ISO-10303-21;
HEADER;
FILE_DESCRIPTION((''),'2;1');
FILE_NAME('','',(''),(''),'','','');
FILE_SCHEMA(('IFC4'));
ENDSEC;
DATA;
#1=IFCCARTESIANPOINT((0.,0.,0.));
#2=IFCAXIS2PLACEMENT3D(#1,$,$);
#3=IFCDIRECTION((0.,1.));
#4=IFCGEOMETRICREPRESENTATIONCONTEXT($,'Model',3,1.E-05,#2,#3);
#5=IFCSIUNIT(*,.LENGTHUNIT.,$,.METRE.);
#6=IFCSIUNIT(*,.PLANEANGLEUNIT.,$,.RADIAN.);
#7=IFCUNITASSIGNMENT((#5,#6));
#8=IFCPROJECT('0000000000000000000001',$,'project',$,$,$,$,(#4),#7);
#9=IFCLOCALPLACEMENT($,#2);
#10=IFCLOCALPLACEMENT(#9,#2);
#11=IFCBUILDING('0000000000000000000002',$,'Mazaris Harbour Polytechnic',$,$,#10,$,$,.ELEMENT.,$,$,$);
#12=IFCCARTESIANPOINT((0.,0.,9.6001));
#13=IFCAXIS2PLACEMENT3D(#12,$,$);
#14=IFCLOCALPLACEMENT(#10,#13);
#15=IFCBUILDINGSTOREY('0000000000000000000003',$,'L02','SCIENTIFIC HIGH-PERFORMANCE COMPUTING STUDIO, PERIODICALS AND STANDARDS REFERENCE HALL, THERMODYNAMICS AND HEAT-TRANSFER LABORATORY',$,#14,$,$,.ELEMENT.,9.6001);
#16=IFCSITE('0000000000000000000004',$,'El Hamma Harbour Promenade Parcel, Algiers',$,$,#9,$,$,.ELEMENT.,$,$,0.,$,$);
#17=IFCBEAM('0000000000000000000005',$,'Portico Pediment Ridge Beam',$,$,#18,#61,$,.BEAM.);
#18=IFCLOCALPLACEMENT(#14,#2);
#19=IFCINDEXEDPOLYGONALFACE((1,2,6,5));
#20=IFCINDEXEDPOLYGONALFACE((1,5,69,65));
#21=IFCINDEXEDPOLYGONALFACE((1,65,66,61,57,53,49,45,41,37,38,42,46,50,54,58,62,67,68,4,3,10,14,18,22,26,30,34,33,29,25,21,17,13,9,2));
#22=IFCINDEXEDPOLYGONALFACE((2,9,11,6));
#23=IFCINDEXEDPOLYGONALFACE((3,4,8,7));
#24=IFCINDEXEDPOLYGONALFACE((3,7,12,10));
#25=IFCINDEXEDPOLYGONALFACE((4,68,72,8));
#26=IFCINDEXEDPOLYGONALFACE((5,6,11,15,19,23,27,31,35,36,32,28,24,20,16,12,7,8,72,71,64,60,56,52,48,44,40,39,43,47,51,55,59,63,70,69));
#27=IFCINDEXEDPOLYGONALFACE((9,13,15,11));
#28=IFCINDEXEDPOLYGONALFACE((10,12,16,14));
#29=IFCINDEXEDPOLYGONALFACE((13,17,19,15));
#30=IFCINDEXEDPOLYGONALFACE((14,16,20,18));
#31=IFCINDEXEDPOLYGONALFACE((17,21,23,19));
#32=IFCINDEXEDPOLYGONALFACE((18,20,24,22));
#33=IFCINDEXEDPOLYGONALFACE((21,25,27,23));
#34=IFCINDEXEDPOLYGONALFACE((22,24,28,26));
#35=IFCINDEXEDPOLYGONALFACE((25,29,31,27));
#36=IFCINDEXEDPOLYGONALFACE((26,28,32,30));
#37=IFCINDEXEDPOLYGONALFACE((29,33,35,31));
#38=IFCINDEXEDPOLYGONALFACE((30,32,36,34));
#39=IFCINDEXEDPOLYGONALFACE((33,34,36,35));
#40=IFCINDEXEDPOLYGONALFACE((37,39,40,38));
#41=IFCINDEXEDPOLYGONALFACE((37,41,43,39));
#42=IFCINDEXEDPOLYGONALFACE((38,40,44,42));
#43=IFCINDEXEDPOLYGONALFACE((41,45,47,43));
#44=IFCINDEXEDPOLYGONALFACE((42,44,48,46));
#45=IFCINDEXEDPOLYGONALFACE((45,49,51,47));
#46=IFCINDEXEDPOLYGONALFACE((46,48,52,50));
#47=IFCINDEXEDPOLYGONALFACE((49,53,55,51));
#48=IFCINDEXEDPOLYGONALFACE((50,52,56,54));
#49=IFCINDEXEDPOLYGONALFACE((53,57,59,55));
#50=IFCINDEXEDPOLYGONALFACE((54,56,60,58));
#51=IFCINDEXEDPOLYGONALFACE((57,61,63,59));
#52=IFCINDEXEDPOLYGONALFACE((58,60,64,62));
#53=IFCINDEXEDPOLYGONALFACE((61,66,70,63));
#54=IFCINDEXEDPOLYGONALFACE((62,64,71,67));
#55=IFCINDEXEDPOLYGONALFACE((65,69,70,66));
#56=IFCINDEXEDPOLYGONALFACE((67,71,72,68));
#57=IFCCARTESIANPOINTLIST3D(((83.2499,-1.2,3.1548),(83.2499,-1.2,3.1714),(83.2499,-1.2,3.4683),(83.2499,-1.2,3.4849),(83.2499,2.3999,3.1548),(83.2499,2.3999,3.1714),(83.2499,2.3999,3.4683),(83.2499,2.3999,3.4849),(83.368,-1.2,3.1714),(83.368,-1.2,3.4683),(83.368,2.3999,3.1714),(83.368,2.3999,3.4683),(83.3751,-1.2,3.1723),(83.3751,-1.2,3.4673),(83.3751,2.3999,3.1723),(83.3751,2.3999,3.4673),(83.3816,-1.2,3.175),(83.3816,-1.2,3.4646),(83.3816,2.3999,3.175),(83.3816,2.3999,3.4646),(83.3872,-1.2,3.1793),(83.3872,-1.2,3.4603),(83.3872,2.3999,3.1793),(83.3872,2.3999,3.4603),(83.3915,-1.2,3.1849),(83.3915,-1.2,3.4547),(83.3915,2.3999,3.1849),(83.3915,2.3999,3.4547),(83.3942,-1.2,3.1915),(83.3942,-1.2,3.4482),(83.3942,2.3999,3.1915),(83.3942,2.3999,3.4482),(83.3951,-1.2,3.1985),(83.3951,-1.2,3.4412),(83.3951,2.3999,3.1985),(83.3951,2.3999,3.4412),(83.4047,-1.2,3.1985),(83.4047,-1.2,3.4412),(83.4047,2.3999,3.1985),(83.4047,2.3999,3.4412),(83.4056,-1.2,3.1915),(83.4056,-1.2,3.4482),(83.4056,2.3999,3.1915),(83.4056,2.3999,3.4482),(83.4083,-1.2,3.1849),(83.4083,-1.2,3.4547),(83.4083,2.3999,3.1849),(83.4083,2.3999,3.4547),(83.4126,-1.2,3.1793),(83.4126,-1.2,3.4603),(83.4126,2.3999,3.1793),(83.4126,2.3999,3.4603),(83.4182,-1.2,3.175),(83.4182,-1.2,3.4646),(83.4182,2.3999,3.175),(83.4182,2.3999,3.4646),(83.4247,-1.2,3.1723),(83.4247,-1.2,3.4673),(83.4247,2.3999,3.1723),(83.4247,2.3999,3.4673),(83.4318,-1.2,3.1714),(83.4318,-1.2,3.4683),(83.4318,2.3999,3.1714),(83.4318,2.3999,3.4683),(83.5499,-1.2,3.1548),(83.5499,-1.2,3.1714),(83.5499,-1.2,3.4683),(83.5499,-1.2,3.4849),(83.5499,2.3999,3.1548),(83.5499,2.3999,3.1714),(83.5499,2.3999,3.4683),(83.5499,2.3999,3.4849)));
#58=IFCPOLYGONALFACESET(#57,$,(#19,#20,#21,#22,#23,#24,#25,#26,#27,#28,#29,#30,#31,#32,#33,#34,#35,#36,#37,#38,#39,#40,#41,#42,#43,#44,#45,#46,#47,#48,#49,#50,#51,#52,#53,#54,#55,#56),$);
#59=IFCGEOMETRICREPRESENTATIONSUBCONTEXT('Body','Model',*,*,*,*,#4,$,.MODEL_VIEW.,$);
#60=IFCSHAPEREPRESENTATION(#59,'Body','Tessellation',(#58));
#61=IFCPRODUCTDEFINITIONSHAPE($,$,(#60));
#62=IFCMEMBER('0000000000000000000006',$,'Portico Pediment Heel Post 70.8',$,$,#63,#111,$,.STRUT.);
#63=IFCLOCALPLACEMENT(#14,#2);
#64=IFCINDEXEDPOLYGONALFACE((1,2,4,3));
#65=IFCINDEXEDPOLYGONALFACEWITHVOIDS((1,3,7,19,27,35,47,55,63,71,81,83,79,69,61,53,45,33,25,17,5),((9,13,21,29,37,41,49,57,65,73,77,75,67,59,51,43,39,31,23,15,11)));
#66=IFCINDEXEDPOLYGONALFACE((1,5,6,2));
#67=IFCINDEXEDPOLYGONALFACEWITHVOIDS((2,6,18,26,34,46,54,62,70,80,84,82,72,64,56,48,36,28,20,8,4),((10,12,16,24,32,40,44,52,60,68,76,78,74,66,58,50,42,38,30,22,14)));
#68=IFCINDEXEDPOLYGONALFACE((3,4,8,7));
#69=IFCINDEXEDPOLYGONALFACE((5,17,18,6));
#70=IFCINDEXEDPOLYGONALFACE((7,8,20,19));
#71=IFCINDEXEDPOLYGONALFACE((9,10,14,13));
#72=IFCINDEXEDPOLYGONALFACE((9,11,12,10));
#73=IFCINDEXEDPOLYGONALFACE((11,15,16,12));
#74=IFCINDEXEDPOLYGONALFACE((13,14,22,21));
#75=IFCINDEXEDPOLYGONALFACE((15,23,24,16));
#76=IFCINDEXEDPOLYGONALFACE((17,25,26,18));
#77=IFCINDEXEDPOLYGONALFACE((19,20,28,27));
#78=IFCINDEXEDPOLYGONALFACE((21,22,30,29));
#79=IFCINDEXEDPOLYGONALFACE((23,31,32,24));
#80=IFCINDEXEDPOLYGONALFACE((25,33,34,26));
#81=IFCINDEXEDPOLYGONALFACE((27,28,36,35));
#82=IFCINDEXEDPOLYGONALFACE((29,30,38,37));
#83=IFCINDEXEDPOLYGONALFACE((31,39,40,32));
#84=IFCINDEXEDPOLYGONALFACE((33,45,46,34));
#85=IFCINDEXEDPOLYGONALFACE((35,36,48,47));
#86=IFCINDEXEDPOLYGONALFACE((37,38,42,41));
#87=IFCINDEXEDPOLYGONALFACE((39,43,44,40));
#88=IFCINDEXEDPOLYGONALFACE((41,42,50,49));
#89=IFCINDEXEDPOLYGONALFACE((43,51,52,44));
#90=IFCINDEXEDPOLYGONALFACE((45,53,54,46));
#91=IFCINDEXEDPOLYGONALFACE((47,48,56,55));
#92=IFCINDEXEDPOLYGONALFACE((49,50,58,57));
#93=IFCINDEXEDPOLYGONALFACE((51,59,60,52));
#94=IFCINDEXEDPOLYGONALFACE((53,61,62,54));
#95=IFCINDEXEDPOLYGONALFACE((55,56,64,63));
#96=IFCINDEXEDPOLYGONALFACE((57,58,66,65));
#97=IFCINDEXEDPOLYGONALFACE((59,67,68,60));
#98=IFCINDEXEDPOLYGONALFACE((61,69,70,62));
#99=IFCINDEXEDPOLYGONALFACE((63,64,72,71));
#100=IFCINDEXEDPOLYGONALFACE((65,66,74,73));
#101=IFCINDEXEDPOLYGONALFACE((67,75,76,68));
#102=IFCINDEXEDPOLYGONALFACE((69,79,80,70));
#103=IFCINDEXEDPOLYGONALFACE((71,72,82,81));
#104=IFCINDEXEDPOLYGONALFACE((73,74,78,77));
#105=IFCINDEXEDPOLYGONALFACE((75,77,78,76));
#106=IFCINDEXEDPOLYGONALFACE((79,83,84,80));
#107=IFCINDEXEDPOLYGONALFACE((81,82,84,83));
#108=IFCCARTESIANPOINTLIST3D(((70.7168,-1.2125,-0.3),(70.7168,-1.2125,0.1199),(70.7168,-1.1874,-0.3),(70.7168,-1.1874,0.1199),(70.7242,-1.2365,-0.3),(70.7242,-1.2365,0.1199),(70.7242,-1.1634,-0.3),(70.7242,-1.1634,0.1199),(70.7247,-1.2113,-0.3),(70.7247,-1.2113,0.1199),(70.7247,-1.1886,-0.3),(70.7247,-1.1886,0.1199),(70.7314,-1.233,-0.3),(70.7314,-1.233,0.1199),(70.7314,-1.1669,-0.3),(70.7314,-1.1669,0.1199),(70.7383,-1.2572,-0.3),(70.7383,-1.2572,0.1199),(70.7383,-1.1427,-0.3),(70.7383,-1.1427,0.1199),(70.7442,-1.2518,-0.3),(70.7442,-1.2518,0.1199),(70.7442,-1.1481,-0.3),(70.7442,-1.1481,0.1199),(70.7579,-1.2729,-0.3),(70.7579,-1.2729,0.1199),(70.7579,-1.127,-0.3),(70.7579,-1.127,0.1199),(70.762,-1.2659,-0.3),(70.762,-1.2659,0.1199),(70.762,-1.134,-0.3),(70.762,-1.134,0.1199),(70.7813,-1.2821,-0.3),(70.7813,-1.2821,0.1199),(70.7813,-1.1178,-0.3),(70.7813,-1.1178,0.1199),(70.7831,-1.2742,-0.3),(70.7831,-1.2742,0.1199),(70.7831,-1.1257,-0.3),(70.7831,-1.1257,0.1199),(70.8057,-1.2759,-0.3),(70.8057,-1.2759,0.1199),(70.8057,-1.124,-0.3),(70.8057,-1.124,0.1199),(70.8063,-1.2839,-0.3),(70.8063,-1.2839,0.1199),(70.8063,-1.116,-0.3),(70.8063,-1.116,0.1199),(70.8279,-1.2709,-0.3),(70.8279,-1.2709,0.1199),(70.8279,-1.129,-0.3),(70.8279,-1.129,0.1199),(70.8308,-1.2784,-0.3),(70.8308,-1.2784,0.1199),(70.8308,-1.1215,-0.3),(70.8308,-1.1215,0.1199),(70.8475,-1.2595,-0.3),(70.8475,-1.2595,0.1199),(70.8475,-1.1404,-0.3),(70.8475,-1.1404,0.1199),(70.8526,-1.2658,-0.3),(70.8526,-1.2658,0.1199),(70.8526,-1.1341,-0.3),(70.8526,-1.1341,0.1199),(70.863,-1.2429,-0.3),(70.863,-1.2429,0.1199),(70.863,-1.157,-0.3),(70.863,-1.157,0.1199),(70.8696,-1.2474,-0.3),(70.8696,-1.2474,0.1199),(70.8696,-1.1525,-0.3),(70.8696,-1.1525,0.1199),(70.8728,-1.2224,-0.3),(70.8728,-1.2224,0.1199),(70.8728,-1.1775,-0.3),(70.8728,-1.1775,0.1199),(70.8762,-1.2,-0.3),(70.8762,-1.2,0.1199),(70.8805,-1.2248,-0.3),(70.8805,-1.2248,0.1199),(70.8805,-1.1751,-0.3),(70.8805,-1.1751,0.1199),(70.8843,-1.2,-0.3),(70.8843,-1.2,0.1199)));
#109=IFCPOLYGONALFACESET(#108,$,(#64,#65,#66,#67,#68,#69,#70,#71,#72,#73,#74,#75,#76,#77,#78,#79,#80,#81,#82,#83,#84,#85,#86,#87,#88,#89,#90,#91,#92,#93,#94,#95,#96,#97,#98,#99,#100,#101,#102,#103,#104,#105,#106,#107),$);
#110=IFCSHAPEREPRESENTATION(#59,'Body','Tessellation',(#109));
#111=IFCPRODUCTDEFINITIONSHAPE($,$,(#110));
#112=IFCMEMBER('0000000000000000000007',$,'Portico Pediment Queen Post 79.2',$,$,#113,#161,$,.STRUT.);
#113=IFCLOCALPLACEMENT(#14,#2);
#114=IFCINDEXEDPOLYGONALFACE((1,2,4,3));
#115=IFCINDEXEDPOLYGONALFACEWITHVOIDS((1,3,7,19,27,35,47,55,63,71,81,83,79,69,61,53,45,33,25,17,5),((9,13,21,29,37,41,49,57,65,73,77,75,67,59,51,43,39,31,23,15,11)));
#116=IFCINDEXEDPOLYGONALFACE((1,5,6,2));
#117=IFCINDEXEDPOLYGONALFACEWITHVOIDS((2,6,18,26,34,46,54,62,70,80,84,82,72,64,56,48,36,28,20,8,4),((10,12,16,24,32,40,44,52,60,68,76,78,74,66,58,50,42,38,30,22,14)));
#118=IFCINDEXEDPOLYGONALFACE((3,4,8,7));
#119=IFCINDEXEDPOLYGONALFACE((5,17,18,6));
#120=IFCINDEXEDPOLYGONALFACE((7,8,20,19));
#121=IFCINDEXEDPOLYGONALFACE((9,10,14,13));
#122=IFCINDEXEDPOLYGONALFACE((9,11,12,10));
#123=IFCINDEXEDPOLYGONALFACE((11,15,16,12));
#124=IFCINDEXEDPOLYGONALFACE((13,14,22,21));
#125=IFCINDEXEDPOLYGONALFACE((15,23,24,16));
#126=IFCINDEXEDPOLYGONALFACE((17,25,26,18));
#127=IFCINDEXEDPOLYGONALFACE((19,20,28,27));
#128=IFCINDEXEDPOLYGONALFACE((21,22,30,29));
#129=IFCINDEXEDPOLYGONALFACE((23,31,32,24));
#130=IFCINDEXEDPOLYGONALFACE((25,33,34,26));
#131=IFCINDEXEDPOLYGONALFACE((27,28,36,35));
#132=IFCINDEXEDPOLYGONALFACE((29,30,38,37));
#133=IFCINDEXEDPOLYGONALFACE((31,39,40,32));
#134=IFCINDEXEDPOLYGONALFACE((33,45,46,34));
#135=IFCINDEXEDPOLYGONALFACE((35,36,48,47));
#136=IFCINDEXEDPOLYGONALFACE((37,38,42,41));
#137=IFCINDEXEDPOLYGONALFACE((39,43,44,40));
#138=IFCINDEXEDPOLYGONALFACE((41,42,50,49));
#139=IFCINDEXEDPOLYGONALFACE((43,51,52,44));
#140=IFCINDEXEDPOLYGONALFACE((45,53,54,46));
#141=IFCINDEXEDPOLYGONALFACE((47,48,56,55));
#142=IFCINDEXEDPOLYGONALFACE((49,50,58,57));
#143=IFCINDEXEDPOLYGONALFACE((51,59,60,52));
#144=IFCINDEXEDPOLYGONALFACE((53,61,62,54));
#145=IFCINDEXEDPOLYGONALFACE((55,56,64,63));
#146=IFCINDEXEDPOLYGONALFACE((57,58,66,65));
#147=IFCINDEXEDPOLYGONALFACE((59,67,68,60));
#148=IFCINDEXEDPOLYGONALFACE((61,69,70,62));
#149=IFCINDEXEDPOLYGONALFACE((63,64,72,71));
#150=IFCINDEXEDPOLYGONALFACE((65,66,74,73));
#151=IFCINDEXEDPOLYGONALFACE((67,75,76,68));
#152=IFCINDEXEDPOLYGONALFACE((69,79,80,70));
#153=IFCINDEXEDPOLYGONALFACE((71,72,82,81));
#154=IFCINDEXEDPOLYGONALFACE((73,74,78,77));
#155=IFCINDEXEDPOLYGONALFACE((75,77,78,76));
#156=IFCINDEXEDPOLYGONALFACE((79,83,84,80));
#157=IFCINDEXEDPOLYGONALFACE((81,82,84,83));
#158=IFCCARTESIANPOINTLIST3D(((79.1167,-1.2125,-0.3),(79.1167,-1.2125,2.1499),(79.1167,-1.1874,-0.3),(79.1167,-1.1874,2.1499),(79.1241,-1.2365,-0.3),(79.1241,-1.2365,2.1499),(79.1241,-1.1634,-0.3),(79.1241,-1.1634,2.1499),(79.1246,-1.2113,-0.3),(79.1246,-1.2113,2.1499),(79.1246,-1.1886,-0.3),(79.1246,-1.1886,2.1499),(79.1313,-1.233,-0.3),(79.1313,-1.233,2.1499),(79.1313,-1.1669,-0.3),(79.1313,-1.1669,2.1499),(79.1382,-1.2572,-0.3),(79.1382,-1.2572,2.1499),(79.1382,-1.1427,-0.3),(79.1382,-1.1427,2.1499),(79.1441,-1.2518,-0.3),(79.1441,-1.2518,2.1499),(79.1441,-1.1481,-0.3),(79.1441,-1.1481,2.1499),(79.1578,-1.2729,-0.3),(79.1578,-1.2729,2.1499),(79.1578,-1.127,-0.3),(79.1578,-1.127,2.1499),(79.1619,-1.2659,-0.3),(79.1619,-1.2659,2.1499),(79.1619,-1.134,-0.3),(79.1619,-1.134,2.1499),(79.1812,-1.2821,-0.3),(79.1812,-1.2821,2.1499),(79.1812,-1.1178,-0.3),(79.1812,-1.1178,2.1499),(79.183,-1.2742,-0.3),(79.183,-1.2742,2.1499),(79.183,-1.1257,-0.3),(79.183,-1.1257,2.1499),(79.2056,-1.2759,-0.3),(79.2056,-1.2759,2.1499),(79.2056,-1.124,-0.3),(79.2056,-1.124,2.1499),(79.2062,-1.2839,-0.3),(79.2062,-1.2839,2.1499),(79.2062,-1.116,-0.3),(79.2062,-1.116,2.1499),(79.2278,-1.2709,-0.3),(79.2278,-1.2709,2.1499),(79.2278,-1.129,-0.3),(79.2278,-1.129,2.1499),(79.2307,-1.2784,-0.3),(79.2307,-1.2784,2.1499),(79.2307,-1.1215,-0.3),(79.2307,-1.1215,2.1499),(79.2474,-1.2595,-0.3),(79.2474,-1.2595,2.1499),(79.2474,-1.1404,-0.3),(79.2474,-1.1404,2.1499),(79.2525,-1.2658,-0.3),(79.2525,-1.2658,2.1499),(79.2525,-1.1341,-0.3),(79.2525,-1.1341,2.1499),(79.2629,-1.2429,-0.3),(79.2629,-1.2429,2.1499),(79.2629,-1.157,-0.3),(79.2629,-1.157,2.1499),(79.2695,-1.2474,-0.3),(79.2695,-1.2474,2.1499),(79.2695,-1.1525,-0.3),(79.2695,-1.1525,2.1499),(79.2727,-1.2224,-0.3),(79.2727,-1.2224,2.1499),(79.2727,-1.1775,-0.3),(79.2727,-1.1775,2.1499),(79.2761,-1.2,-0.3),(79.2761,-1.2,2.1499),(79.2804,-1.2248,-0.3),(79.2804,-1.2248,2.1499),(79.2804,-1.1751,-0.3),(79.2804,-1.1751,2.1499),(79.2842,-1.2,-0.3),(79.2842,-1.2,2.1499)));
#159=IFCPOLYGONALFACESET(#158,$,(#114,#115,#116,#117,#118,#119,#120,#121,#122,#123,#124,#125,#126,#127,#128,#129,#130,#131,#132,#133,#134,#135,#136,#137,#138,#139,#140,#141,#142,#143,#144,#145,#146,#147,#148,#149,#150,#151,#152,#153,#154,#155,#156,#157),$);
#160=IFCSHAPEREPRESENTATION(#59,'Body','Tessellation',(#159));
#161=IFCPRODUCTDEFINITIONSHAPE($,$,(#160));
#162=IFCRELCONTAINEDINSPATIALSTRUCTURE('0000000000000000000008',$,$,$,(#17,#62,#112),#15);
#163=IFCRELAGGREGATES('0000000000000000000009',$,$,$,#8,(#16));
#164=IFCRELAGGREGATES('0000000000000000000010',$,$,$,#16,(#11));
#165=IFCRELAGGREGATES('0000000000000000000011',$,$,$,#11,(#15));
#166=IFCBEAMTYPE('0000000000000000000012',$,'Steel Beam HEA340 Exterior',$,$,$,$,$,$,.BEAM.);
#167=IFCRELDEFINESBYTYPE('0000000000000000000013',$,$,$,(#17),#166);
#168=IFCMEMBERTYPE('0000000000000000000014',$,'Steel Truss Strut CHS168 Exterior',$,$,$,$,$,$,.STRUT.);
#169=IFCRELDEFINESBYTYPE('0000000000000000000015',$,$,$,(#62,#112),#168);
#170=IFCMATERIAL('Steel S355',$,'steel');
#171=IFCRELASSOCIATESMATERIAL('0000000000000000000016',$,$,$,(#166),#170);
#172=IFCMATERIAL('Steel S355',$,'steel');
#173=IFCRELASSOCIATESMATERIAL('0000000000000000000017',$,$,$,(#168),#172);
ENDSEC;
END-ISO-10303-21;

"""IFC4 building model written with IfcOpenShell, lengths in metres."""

from ifc_helpers import new_model, si_unit, direction, frame, origin, origin_2d, place, context, subcontext, project, spatial, hollow_circle, i_section, extrude, material, material_profile, profile_set, type_object, element, save


model = new_model("IFC4")

# Units and contexts
model_context = context("Model", 3, precision=1e-05, world=origin(), true_north=direction((0.0, 1.0)))
body_context = subcontext(model_context, "Body", "Model", "MODEL_VIEW")
ifc_project = project(units=[si_unit("LENGTHUNIT", "METRE"), si_unit("PLANEANGLEUNIT", "RADIAN")], contexts=[model_context])

# Site, building, storey
site_placement = place(None, origin())
site = spatial("IfcSite", under=ifc_project, at=site_placement, Name="El Hamma Harbour Promenade Parcel, Algiers", CompositionType="ELEMENT", RefElevation=0.0)
building_placement = place(site_placement, origin())
building = spatial("IfcBuilding", under=site, at=building_placement, Name="Mazaris Harbour Polytechnic", CompositionType="ELEMENT")
storey_placement = place(building_placement, frame((0.0, 0.0, 9.6001)))
storey = spatial("IfcBuildingStorey", under=building, at=storey_placement, Name="L02", Description="SCIENTIFIC HIGH-PERFORMANCE COMPUTING STUDIO, PERIODICALS AND STANDARDS REFERENCE HALL, THERMODYNAMICS AND HEAT-TRANSFER LABORATORY", CompositionType="ELEMENT", Elevation=9.6001)

# Beam
ifc_material_1 = material(Name="Steel S355", Category="steel")
ifc_material_profile_1 = material_profile(ifc_material_1, i_section(OverallWidth=0.3, OverallDepth=0.3301, WebThickness=0.0095, FlangeThickness=0.0166, FilletRadius=0.0271, at=origin_2d()), Name="HEA 340")
ifc_profile_set_1 = profile_set([ifc_material_profile_1], Name="Steel S355")
beam_type = type_object("IfcBeamType", Name="Steel Beam HEA340 Exterior", PredefinedType="BEAM", material=ifc_profile_set_1)
beam_placement = place(storey_placement, frame((83.3999, -1.2, 3.3198), z_axis=(0.0, 1.0, 0.0), x_axis=(-1.0, 0.0, 0.0)))
element("IfcBeam", 1, at=beam_placement, inside=storey, type_object=beam_type, Name="Portico Pediment Ridge Beam", PredefinedType="BEAM", context=body_context, shape_type="SweptSolid", body=[
    extrude(i_section(OverallWidth=0.3, OverallDepth=0.3301, WebThickness=0.0095, FlangeThickness=0.0166, FilletRadius=0.0271, at=origin_2d()), origin(), (0.0, 0.0, 1.0), 3.5999),
])

# Members
ifc_material_2 = material(Name="Steel S355", Category="steel")
ifc_material_profile_2 = material_profile(ifc_material_2, hollow_circle(Radius=0.0842, WallThickness=0.0081, at=origin_2d()), Name="CHS 168.3x8.0")
ifc_profile_set_2 = profile_set([ifc_material_profile_2], Name="Steel S355")
member_type_1 = type_object("IfcMemberType", Name="Steel Truss Strut CHS168 Exterior", PredefinedType="STRUT", material=ifc_profile_set_2)
member_1_placement = place(storey_placement, frame((70.8, -1.2, -0.3), z_axis=(0.0, 0.0, 1.0), x_axis=(1.0, 0.0, 0.0)))
element("IfcMember", 2, at=member_1_placement, inside=storey, type_object=member_type_1, Name="Portico Pediment Heel Post 70.8", PredefinedType="STRUT", context=body_context, shape_type="SweptSolid", body=[
    extrude(hollow_circle(Radius=0.0842, WallThickness=0.0081, at=origin_2d()), origin(), (0.0, 0.0, 1.0), 0.4199),
])
member_2_placement = place(storey_placement, frame((79.2, -1.2, -0.3), z_axis=(0.0, 0.0, 1.0), x_axis=(1.0, 0.0, 0.0)))
element("IfcMember", 3, at=member_2_placement, inside=storey, type_object=member_type_1, Name="Portico Pediment Queen Post 79.2", PredefinedType="STRUT", context=body_context, shape_type="SweptSolid", body=[
    extrude(hollow_circle(Radius=0.0842, WallThickness=0.0081, at=origin_2d()), origin(), (0.0, 0.0, 1.0), 2.45),
])

save(model, "model.ifc")
